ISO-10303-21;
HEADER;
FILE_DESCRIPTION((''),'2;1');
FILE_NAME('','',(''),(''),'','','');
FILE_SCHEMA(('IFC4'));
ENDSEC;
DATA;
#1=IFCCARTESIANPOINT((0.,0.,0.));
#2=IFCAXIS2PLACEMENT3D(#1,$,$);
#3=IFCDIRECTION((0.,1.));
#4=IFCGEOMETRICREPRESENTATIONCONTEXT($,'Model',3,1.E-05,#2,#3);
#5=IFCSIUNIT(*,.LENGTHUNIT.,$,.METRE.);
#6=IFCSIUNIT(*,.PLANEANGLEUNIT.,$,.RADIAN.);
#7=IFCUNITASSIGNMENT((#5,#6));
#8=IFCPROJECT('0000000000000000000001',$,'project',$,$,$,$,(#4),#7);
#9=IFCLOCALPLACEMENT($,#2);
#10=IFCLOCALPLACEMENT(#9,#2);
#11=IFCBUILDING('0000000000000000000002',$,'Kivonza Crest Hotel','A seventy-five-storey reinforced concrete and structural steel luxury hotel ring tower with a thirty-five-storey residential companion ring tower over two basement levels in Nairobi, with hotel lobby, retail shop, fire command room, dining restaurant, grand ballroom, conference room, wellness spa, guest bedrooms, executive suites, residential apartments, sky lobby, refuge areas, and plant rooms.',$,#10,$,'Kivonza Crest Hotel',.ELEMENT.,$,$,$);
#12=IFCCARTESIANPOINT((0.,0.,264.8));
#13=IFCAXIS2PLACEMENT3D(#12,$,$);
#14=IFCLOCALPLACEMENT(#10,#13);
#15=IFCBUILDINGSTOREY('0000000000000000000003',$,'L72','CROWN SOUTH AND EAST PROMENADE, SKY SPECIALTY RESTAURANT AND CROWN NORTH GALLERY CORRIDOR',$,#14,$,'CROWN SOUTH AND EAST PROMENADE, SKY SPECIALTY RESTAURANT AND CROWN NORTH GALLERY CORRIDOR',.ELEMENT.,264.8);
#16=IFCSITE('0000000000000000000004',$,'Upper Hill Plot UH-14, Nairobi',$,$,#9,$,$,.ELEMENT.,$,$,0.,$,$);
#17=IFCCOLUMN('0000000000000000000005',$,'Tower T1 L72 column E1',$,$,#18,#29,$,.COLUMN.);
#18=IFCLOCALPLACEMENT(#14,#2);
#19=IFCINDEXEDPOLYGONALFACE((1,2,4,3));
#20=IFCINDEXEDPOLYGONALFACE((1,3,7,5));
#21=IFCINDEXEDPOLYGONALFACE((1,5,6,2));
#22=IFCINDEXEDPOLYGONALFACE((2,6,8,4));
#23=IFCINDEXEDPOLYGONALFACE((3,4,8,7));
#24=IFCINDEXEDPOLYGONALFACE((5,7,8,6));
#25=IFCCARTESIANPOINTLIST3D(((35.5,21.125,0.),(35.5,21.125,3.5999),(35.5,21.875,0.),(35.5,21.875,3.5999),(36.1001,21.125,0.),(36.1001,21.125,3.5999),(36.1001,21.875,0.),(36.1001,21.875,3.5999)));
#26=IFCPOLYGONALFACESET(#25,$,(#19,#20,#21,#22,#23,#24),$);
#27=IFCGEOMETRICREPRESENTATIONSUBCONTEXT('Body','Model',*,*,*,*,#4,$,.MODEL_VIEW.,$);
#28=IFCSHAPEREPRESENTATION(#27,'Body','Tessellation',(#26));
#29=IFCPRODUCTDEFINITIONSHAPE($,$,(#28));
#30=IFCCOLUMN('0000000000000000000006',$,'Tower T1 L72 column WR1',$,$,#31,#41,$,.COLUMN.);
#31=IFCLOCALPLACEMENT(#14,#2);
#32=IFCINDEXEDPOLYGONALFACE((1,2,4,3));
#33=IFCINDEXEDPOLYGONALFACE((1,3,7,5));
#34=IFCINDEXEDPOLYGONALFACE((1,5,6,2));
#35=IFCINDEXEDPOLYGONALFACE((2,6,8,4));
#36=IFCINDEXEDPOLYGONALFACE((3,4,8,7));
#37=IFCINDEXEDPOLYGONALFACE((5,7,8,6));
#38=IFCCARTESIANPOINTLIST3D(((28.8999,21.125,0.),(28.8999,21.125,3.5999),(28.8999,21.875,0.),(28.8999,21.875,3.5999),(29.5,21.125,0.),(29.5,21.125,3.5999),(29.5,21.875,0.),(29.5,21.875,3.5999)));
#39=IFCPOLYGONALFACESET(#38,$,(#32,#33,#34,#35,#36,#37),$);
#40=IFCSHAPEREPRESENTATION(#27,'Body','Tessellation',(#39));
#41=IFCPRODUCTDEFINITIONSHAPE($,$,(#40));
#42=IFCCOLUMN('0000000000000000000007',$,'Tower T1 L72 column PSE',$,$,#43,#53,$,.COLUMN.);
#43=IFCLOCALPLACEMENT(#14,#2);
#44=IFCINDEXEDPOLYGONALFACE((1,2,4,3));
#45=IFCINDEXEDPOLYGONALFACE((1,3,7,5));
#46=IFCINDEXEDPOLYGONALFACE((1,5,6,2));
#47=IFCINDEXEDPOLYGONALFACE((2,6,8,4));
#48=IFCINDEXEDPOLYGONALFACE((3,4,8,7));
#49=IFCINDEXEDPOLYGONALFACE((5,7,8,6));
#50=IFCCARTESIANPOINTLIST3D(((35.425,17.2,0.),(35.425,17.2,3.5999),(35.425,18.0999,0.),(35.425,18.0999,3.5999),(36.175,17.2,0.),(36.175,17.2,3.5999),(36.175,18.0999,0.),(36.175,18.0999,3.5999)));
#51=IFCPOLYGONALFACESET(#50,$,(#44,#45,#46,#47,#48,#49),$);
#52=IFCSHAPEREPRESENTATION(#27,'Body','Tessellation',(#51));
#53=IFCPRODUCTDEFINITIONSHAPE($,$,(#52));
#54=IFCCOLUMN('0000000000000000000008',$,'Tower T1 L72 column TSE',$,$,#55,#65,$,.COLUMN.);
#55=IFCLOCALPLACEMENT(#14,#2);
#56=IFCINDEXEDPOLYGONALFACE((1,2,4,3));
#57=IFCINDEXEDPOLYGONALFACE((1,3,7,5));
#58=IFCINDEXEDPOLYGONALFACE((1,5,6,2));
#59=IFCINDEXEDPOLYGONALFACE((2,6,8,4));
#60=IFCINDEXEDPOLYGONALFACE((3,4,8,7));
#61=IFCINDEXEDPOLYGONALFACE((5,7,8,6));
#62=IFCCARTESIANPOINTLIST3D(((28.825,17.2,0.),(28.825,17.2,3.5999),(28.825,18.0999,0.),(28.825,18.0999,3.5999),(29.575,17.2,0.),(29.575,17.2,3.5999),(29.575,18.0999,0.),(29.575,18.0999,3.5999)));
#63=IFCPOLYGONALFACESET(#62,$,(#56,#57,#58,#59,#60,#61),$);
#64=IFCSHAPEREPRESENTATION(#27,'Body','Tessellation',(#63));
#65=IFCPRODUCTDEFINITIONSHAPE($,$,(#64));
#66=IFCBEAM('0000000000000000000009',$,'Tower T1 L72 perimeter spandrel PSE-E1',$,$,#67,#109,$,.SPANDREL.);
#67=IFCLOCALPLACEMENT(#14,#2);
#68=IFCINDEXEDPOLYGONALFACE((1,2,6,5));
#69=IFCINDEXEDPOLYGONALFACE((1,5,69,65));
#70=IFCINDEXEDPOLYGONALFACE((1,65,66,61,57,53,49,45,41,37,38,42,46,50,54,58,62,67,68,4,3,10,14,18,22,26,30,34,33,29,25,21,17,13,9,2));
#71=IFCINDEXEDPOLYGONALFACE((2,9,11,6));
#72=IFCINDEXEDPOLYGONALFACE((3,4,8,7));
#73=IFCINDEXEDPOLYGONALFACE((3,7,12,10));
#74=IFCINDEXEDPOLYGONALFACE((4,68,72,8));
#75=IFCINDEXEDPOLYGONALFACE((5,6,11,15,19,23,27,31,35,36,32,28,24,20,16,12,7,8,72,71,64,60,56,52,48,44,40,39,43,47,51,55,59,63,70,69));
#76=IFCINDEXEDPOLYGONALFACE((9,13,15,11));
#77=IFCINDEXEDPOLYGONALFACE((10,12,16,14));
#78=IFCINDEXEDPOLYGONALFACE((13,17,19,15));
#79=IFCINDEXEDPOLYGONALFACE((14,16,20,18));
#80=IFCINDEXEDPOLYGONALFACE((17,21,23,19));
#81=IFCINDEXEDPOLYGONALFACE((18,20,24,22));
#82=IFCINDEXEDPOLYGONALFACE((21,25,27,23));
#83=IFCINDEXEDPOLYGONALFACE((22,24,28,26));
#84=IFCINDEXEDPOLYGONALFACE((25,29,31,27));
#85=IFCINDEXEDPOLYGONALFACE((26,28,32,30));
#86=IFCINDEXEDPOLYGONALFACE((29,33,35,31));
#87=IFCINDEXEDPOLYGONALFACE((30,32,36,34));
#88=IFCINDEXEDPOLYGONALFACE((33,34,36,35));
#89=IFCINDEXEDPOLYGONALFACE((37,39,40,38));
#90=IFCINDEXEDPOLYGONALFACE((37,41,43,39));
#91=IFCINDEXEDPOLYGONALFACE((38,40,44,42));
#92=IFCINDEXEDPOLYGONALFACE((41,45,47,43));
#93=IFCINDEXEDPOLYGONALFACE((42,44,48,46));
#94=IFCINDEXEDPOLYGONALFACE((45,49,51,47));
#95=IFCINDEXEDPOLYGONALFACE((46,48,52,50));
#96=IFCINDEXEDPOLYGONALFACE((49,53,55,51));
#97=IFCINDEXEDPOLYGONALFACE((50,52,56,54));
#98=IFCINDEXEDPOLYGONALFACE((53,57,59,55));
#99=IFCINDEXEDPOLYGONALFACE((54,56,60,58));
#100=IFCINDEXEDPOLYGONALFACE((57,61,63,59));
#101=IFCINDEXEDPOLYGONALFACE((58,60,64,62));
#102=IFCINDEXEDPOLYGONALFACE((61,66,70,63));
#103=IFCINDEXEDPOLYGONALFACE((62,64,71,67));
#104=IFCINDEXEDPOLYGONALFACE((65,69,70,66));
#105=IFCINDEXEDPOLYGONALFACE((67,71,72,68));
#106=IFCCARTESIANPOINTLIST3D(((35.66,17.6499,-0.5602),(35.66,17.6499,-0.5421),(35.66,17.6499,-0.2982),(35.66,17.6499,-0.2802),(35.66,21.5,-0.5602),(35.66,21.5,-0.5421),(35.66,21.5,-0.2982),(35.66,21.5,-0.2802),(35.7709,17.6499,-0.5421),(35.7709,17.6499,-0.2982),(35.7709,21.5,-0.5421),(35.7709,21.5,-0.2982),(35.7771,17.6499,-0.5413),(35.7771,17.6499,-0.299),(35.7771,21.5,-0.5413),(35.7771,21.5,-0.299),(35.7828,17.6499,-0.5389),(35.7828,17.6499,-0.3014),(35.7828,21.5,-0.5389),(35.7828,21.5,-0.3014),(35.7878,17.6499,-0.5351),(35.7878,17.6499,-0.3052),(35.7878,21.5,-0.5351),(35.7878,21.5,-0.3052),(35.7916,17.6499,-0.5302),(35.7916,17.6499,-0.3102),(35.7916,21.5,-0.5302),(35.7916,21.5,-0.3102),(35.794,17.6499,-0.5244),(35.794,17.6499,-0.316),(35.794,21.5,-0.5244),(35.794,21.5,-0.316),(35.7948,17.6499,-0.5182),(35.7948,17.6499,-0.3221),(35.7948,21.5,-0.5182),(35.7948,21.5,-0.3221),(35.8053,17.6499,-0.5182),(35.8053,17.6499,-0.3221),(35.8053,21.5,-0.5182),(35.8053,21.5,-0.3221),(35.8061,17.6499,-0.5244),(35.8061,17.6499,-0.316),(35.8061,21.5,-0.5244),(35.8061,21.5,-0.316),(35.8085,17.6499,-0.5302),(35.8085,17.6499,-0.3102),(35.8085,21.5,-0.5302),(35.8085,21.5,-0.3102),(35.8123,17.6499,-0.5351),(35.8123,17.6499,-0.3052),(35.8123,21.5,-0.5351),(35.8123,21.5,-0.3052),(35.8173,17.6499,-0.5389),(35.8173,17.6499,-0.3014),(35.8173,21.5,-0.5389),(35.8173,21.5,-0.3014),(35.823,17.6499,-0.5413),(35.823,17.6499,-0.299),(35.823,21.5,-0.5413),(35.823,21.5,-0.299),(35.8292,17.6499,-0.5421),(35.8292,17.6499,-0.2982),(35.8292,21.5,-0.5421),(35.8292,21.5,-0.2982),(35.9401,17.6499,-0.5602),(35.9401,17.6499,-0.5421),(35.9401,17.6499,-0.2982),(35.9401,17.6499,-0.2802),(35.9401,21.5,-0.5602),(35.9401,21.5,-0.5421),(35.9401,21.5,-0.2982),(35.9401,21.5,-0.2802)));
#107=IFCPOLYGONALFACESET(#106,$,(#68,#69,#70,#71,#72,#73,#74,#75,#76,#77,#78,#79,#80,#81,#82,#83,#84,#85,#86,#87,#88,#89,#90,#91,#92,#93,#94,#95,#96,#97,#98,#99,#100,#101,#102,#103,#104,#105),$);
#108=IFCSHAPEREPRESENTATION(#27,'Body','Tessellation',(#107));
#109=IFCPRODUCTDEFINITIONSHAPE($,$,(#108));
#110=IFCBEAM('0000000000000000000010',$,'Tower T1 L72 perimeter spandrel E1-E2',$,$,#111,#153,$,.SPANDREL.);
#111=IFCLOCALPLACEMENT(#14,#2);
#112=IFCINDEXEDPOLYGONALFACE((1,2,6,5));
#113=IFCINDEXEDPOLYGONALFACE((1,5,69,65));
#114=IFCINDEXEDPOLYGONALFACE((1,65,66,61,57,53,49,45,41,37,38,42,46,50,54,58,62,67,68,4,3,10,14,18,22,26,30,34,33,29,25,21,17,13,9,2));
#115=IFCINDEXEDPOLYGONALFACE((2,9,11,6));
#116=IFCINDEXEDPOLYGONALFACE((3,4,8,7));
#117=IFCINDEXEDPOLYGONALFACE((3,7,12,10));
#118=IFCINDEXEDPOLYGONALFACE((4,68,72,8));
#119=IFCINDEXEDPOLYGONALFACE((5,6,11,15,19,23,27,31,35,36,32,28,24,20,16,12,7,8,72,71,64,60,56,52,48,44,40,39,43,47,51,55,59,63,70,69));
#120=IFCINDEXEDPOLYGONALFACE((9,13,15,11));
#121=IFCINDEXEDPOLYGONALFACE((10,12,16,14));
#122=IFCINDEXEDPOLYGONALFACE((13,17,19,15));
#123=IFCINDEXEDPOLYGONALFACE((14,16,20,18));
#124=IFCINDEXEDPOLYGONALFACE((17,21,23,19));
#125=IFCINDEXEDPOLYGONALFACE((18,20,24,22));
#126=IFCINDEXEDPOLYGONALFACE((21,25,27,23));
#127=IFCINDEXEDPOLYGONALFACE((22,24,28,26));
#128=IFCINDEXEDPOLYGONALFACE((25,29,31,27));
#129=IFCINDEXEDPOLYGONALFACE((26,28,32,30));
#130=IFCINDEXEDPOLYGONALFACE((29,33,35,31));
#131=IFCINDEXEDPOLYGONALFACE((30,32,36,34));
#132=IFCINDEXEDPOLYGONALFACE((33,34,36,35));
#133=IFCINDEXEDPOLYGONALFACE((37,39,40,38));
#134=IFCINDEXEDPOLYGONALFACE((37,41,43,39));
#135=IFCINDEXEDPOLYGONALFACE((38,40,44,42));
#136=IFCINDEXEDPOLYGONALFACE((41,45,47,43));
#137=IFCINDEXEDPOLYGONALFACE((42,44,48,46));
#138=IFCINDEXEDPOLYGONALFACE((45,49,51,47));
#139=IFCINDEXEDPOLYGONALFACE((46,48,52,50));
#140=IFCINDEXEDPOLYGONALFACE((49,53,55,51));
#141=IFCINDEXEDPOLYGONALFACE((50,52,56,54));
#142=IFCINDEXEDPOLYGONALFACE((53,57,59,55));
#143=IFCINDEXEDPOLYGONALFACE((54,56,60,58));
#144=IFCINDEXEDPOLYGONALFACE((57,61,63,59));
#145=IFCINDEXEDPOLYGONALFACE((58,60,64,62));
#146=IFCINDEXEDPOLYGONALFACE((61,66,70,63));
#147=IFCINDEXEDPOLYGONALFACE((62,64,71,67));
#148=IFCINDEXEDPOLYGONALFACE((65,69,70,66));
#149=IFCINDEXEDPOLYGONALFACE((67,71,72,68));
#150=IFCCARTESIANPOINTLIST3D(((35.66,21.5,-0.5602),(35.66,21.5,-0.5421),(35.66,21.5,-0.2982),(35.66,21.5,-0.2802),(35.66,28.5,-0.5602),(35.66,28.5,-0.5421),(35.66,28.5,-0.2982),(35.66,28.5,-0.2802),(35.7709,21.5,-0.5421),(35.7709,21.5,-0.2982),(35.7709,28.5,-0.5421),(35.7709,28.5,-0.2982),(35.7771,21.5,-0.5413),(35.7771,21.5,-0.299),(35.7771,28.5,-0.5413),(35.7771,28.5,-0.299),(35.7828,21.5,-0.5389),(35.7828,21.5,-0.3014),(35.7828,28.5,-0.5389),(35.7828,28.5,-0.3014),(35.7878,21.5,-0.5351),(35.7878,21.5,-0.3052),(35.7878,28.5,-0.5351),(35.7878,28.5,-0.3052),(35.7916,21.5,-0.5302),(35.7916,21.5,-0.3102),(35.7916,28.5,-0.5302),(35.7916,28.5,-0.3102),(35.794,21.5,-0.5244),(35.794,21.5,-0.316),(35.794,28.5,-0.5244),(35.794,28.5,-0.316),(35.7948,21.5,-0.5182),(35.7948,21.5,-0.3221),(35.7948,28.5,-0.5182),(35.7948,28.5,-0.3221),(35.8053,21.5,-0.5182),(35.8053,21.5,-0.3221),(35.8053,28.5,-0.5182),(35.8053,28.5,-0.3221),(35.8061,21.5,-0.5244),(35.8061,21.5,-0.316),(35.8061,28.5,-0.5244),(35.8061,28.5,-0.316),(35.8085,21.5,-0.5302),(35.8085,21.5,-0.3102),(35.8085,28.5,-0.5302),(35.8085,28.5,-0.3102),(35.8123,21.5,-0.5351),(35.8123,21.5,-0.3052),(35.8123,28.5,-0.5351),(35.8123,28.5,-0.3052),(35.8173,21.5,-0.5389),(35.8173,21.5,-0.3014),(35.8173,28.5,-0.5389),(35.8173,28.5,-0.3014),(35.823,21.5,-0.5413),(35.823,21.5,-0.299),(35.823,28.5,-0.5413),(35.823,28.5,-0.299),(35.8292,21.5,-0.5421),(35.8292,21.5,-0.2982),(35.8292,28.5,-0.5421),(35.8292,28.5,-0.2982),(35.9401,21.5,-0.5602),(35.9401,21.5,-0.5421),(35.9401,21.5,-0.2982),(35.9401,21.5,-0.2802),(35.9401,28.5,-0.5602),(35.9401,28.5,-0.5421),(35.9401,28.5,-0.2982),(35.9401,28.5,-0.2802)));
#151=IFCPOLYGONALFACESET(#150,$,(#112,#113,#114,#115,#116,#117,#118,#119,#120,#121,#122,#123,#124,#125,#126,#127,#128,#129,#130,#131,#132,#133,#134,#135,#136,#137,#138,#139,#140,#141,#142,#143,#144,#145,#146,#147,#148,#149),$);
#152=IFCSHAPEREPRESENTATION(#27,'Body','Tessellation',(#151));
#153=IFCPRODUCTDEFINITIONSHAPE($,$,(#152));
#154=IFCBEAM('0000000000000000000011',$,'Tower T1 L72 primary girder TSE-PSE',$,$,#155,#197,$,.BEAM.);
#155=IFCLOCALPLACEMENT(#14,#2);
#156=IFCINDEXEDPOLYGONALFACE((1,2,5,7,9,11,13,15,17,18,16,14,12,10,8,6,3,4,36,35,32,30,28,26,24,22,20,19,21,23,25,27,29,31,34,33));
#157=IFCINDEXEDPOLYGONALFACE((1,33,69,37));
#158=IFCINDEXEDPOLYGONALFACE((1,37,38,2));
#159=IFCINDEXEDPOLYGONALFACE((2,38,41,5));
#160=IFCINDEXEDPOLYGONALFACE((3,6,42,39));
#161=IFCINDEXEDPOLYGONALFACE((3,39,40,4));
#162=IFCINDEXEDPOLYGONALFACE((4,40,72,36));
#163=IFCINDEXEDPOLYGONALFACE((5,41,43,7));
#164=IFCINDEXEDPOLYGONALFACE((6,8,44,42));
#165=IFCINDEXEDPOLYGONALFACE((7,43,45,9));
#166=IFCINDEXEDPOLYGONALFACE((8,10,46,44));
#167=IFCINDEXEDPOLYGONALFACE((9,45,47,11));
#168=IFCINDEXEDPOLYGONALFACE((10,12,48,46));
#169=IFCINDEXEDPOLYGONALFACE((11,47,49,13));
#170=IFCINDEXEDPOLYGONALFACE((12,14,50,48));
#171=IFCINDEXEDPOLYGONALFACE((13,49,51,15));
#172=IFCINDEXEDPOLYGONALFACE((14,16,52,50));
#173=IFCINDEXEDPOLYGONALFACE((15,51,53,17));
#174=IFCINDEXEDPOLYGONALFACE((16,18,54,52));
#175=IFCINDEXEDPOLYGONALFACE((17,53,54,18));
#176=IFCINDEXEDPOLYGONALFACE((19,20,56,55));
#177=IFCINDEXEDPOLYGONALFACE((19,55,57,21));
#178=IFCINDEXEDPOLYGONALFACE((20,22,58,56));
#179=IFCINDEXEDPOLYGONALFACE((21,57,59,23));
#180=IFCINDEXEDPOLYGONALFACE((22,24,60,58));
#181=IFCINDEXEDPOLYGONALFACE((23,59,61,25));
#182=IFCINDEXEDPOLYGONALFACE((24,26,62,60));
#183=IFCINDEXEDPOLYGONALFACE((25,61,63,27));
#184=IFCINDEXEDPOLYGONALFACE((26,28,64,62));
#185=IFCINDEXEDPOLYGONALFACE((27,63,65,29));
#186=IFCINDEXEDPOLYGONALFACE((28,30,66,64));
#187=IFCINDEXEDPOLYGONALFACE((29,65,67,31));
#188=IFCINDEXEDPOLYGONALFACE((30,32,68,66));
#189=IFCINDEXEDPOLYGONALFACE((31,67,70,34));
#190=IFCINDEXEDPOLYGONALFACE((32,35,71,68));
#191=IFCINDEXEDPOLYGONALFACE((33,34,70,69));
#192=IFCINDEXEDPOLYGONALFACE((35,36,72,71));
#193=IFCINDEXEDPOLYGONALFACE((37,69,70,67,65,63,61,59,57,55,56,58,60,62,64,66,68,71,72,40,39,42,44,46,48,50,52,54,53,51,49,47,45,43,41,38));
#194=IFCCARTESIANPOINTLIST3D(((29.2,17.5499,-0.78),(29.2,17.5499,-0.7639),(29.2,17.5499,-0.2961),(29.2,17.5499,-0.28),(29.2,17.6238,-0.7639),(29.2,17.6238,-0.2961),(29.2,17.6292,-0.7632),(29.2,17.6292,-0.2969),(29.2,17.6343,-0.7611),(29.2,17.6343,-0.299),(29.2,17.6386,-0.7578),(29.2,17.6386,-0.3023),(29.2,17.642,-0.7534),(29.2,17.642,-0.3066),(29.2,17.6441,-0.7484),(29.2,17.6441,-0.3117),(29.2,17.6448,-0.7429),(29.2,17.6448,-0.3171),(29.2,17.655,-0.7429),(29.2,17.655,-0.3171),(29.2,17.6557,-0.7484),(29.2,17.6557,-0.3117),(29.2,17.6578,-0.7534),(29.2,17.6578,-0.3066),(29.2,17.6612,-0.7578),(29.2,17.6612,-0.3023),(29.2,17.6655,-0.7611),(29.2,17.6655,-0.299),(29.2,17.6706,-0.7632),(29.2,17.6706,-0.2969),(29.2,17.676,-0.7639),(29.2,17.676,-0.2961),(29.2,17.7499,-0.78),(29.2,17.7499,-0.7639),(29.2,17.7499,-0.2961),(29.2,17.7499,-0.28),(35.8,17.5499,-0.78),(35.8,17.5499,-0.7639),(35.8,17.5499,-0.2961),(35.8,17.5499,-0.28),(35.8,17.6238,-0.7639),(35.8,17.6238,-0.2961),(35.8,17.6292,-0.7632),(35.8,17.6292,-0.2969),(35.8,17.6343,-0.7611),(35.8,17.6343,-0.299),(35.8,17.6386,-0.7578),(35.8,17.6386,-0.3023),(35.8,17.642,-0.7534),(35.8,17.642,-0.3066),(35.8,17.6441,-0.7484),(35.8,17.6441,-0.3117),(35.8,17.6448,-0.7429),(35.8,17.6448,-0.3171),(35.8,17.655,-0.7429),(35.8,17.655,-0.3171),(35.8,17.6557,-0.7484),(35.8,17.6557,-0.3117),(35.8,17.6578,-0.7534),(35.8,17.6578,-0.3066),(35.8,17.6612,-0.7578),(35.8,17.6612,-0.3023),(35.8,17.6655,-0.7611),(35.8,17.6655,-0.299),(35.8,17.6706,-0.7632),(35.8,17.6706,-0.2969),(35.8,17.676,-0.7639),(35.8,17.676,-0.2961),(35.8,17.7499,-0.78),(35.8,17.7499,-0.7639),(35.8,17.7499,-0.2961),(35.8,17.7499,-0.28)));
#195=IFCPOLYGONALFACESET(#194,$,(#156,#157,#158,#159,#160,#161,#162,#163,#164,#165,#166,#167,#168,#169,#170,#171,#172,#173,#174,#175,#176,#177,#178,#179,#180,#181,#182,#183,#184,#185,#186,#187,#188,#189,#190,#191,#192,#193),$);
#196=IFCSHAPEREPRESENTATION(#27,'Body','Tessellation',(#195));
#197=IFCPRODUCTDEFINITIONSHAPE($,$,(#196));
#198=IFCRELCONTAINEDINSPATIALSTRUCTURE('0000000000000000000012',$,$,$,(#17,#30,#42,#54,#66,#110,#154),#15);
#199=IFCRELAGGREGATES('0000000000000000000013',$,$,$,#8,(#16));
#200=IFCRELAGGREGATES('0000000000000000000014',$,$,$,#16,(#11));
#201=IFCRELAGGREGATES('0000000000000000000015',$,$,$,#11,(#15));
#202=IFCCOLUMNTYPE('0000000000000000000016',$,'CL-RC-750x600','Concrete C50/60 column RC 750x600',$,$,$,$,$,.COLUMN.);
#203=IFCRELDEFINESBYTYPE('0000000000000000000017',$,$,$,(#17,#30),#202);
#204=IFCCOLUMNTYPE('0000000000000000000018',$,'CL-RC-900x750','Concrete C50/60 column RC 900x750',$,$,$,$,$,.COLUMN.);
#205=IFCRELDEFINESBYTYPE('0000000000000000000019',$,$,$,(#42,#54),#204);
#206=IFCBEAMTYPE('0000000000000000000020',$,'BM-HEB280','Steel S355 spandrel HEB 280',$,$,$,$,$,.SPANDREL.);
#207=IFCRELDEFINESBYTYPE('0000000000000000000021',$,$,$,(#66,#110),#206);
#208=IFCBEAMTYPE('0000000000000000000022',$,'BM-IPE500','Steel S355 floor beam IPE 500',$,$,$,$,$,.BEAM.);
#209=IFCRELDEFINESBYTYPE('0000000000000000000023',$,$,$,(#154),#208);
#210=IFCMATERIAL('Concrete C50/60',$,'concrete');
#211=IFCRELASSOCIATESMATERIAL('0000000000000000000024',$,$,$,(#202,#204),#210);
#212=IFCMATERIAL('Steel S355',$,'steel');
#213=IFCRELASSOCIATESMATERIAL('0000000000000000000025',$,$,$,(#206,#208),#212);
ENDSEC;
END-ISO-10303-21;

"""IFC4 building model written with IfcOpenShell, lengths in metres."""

from ifc_helpers import new_model, si_unit, direction, frame, origin, origin_2d, place, context, subcontext, project, spatial, rectangle, i_section, extrude, material, material_profile, profile_set, type_object, element, save


model = new_model("IFC4")

# Units and contexts
model_context = context("Model", 3, precision=1e-05, world=origin(), true_north=direction((0.0, 1.0)))
body_context = subcontext(model_context, "Body", "Model", "MODEL_VIEW")
ifc_project = project(units=[si_unit("LENGTHUNIT", "METRE"), si_unit("PLANEANGLEUNIT", "RADIAN")], contexts=[model_context])

# Site, building, storey
site_placement = place(None, origin())
site = spatial("IfcSite", under=ifc_project, at=site_placement, Name="Upper Hill Plot UH-14, Nairobi", CompositionType="ELEMENT", RefElevation=0.0)
building_placement = place(site_placement, origin())
building = spatial("IfcBuilding", under=site, at=building_placement, Name="Kivonza Crest Hotel", Description="A seventy-five-storey reinforced concrete and structural steel luxury hotel ring tower with a thirty-five-storey residential companion ring tower over two basement levels in Nairobi, with hotel lobby, retail shop, fire command room, dining restaurant, grand ballroom, conference room, wellness spa, guest bedrooms, executive suites, residential apartments, sky lobby, refuge areas, and plant rooms.", LongName="Kivonza Crest Hotel", CompositionType="ELEMENT")
storey_placement = place(building_placement, frame((0.0, 0.0, 264.8)))
storey = spatial("IfcBuildingStorey", under=building, at=storey_placement, Name="L72", Description="CROWN SOUTH AND EAST PROMENADE, SKY SPECIALTY RESTAURANT AND CROWN NORTH GALLERY CORRIDOR", LongName="CROWN SOUTH AND EAST PROMENADE, SKY SPECIALTY RESTAURANT AND CROWN NORTH GALLERY CORRIDOR", CompositionType="ELEMENT", Elevation=264.8)

# Columns
ifc_material_1 = material(Name="Concrete C50/60", Category="concrete")
ifc_material_profile_1 = material_profile(ifc_material_1, rectangle(XDim=0.6001, YDim=0.75, at=origin_2d()), Name="RC 750x600")
ifc_profile_set_1 = profile_set([ifc_material_profile_1], Name="Concrete C50/60")
column_type_1 = type_object("IfcColumnType", Name="CL-RC-750x600", Description="Concrete C50/60 column RC 750x600", PredefinedType="COLUMN", material=ifc_profile_set_1)
for number, where, z_axis, x_axis, name in (
    (1, (35.8, 21.5, 0.0), (0.0, 0.0, 1.0), (1.0, 0.0, 0.0), "Tower T1 L72 column E1"),
    (2, (29.2, 21.5, 0.0), (0.0, 0.0, 1.0), (1.0, 0.0, 0.0), "Tower T1 L72 column WR1"),
):
    element("IfcColumn", number, at=place(storey_placement, frame(where, z_axis=z_axis, x_axis=x_axis)), inside=storey, type_object=column_type_1, Name=name, PredefinedType="COLUMN", context=body_context, shape_type="SweptSolid", body=[
        extrude(rectangle(XDim=0.6001, YDim=0.75, at=origin_2d()), origin(), (0.0, 0.0, 1.0), 3.5999),
    ])
ifc_material_profile_2 = material_profile(ifc_material_1, rectangle(XDim=0.75, YDim=0.8999, at=origin_2d()), Name="RC 900x750")
ifc_profile_set_2 = profile_set([ifc_material_profile_2], Name="Concrete C50/60")
column_type_2 = type_object("IfcColumnType", Name="CL-RC-900x750", Description="Concrete C50/60 column RC 900x750", PredefinedType="COLUMN", material=ifc_profile_set_2)
for number, where, z_axis, x_axis, name in (
    (3, (35.8, 17.6499, 0.0), (0.0, 0.0, 1.0), (1.0, 0.0, 0.0), "Tower T1 L72 column PSE"),
    (4, (29.2, 17.6499, 0.0), (0.0, 0.0, 1.0), (1.0, 0.0, 0.0), "Tower T1 L72 column TSE"),
):
    element("IfcColumn", number, at=place(storey_placement, frame(where, z_axis=z_axis, x_axis=x_axis)), inside=storey, type_object=column_type_2, Name=name, PredefinedType="COLUMN", context=body_context, shape_type="SweptSolid", body=[
        extrude(rectangle(XDim=0.75, YDim=0.8999, at=origin_2d()), origin(), (0.0, 0.0, 1.0), 3.5999),
    ])

# Beams
ifc_material_2 = material(Name="Steel S355", Category="steel")
ifc_material_profile_3 = material_profile(ifc_material_2, i_section(OverallWidth=0.28, OverallDepth=0.28, WebThickness=0.0105, FlangeThickness=0.0181, FilletRadius=0.0239, at=origin_2d()), Name="HEB 280")
ifc_profile_set_3 = profile_set([ifc_material_profile_3], Name="Steel S355")
beam_type_1 = type_object("IfcBeamType", Name="BM-HEB280", Description="Steel S355 spandrel HEB 280", PredefinedType="SPANDREL", material=ifc_profile_set_3)
beam_1_placement = place(storey_placement, frame((35.8, 17.6499, -0.4202), z_axis=(0.0, 1.0, 0.0), x_axis=(-1.0, 0.0, 0.0)))
element("IfcBeam", 5, at=beam_1_placement, inside=storey, type_object=beam_type_1, Name="Tower T1 L72 perimeter spandrel PSE-E1", PredefinedType="SPANDREL", context=body_context, shape_type="SweptSolid", body=[
    extrude(i_section(OverallWidth=0.28, OverallDepth=0.28, WebThickness=0.0105, FlangeThickness=0.0181, FilletRadius=0.0239, at=origin_2d()), origin(), (0.0, 0.0, 1.0), 3.8501),
])
beam_2_placement = place(storey_placement, frame((35.8, 21.5, -0.4202), z_axis=(0.0, 1.0, 0.0), x_axis=(-1.0, 0.0, 0.0)))
element("IfcBeam", 6, at=beam_2_placement, inside=storey, type_object=beam_type_1, Name="Tower T1 L72 perimeter spandrel E1-E2", PredefinedType="SPANDREL", context=body_context, shape_type="SweptSolid", body=[
    extrude(i_section(OverallWidth=0.28, OverallDepth=0.28, WebThickness=0.0105, FlangeThickness=0.0181, FilletRadius=0.0239, at=origin_2d()), origin(), (0.0, 0.0, 1.0), 7.0),
])
ifc_material_profile_4 = material_profile(ifc_material_2, i_section(OverallWidth=0.2, OverallDepth=0.5, WebThickness=0.0103, FlangeThickness=0.0161, FilletRadius=0.021, at=origin_2d()), Name="IPE 500")
ifc_profile_set_4 = profile_set([ifc_material_profile_4], Name="Steel S355")
beam_type_2 = type_object("IfcBeamType", Name="BM-IPE500", Description="Steel S355 floor beam IPE 500", PredefinedType="BEAM", material=ifc_profile_set_4)
beam_3_placement = place(storey_placement, frame((29.2, 17.6499, -0.53), z_axis=(1.0, 0.0, 0.0), x_axis=(0.0, 1.0, 0.0)))
element("IfcBeam", 7, at=beam_3_placement, inside=storey, type_object=beam_type_2, Name="Tower T1 L72 primary girder TSE-PSE", PredefinedType="BEAM", context=body_context, shape_type="SweptSolid", body=[
    extrude(i_section(OverallWidth=0.2, OverallDepth=0.5, WebThickness=0.0103, FlangeThickness=0.0161, FilletRadius=0.021, at=origin_2d()), origin(), (0.0, 0.0, 1.0), 6.6001),
])

save(model, "model.ifc")
